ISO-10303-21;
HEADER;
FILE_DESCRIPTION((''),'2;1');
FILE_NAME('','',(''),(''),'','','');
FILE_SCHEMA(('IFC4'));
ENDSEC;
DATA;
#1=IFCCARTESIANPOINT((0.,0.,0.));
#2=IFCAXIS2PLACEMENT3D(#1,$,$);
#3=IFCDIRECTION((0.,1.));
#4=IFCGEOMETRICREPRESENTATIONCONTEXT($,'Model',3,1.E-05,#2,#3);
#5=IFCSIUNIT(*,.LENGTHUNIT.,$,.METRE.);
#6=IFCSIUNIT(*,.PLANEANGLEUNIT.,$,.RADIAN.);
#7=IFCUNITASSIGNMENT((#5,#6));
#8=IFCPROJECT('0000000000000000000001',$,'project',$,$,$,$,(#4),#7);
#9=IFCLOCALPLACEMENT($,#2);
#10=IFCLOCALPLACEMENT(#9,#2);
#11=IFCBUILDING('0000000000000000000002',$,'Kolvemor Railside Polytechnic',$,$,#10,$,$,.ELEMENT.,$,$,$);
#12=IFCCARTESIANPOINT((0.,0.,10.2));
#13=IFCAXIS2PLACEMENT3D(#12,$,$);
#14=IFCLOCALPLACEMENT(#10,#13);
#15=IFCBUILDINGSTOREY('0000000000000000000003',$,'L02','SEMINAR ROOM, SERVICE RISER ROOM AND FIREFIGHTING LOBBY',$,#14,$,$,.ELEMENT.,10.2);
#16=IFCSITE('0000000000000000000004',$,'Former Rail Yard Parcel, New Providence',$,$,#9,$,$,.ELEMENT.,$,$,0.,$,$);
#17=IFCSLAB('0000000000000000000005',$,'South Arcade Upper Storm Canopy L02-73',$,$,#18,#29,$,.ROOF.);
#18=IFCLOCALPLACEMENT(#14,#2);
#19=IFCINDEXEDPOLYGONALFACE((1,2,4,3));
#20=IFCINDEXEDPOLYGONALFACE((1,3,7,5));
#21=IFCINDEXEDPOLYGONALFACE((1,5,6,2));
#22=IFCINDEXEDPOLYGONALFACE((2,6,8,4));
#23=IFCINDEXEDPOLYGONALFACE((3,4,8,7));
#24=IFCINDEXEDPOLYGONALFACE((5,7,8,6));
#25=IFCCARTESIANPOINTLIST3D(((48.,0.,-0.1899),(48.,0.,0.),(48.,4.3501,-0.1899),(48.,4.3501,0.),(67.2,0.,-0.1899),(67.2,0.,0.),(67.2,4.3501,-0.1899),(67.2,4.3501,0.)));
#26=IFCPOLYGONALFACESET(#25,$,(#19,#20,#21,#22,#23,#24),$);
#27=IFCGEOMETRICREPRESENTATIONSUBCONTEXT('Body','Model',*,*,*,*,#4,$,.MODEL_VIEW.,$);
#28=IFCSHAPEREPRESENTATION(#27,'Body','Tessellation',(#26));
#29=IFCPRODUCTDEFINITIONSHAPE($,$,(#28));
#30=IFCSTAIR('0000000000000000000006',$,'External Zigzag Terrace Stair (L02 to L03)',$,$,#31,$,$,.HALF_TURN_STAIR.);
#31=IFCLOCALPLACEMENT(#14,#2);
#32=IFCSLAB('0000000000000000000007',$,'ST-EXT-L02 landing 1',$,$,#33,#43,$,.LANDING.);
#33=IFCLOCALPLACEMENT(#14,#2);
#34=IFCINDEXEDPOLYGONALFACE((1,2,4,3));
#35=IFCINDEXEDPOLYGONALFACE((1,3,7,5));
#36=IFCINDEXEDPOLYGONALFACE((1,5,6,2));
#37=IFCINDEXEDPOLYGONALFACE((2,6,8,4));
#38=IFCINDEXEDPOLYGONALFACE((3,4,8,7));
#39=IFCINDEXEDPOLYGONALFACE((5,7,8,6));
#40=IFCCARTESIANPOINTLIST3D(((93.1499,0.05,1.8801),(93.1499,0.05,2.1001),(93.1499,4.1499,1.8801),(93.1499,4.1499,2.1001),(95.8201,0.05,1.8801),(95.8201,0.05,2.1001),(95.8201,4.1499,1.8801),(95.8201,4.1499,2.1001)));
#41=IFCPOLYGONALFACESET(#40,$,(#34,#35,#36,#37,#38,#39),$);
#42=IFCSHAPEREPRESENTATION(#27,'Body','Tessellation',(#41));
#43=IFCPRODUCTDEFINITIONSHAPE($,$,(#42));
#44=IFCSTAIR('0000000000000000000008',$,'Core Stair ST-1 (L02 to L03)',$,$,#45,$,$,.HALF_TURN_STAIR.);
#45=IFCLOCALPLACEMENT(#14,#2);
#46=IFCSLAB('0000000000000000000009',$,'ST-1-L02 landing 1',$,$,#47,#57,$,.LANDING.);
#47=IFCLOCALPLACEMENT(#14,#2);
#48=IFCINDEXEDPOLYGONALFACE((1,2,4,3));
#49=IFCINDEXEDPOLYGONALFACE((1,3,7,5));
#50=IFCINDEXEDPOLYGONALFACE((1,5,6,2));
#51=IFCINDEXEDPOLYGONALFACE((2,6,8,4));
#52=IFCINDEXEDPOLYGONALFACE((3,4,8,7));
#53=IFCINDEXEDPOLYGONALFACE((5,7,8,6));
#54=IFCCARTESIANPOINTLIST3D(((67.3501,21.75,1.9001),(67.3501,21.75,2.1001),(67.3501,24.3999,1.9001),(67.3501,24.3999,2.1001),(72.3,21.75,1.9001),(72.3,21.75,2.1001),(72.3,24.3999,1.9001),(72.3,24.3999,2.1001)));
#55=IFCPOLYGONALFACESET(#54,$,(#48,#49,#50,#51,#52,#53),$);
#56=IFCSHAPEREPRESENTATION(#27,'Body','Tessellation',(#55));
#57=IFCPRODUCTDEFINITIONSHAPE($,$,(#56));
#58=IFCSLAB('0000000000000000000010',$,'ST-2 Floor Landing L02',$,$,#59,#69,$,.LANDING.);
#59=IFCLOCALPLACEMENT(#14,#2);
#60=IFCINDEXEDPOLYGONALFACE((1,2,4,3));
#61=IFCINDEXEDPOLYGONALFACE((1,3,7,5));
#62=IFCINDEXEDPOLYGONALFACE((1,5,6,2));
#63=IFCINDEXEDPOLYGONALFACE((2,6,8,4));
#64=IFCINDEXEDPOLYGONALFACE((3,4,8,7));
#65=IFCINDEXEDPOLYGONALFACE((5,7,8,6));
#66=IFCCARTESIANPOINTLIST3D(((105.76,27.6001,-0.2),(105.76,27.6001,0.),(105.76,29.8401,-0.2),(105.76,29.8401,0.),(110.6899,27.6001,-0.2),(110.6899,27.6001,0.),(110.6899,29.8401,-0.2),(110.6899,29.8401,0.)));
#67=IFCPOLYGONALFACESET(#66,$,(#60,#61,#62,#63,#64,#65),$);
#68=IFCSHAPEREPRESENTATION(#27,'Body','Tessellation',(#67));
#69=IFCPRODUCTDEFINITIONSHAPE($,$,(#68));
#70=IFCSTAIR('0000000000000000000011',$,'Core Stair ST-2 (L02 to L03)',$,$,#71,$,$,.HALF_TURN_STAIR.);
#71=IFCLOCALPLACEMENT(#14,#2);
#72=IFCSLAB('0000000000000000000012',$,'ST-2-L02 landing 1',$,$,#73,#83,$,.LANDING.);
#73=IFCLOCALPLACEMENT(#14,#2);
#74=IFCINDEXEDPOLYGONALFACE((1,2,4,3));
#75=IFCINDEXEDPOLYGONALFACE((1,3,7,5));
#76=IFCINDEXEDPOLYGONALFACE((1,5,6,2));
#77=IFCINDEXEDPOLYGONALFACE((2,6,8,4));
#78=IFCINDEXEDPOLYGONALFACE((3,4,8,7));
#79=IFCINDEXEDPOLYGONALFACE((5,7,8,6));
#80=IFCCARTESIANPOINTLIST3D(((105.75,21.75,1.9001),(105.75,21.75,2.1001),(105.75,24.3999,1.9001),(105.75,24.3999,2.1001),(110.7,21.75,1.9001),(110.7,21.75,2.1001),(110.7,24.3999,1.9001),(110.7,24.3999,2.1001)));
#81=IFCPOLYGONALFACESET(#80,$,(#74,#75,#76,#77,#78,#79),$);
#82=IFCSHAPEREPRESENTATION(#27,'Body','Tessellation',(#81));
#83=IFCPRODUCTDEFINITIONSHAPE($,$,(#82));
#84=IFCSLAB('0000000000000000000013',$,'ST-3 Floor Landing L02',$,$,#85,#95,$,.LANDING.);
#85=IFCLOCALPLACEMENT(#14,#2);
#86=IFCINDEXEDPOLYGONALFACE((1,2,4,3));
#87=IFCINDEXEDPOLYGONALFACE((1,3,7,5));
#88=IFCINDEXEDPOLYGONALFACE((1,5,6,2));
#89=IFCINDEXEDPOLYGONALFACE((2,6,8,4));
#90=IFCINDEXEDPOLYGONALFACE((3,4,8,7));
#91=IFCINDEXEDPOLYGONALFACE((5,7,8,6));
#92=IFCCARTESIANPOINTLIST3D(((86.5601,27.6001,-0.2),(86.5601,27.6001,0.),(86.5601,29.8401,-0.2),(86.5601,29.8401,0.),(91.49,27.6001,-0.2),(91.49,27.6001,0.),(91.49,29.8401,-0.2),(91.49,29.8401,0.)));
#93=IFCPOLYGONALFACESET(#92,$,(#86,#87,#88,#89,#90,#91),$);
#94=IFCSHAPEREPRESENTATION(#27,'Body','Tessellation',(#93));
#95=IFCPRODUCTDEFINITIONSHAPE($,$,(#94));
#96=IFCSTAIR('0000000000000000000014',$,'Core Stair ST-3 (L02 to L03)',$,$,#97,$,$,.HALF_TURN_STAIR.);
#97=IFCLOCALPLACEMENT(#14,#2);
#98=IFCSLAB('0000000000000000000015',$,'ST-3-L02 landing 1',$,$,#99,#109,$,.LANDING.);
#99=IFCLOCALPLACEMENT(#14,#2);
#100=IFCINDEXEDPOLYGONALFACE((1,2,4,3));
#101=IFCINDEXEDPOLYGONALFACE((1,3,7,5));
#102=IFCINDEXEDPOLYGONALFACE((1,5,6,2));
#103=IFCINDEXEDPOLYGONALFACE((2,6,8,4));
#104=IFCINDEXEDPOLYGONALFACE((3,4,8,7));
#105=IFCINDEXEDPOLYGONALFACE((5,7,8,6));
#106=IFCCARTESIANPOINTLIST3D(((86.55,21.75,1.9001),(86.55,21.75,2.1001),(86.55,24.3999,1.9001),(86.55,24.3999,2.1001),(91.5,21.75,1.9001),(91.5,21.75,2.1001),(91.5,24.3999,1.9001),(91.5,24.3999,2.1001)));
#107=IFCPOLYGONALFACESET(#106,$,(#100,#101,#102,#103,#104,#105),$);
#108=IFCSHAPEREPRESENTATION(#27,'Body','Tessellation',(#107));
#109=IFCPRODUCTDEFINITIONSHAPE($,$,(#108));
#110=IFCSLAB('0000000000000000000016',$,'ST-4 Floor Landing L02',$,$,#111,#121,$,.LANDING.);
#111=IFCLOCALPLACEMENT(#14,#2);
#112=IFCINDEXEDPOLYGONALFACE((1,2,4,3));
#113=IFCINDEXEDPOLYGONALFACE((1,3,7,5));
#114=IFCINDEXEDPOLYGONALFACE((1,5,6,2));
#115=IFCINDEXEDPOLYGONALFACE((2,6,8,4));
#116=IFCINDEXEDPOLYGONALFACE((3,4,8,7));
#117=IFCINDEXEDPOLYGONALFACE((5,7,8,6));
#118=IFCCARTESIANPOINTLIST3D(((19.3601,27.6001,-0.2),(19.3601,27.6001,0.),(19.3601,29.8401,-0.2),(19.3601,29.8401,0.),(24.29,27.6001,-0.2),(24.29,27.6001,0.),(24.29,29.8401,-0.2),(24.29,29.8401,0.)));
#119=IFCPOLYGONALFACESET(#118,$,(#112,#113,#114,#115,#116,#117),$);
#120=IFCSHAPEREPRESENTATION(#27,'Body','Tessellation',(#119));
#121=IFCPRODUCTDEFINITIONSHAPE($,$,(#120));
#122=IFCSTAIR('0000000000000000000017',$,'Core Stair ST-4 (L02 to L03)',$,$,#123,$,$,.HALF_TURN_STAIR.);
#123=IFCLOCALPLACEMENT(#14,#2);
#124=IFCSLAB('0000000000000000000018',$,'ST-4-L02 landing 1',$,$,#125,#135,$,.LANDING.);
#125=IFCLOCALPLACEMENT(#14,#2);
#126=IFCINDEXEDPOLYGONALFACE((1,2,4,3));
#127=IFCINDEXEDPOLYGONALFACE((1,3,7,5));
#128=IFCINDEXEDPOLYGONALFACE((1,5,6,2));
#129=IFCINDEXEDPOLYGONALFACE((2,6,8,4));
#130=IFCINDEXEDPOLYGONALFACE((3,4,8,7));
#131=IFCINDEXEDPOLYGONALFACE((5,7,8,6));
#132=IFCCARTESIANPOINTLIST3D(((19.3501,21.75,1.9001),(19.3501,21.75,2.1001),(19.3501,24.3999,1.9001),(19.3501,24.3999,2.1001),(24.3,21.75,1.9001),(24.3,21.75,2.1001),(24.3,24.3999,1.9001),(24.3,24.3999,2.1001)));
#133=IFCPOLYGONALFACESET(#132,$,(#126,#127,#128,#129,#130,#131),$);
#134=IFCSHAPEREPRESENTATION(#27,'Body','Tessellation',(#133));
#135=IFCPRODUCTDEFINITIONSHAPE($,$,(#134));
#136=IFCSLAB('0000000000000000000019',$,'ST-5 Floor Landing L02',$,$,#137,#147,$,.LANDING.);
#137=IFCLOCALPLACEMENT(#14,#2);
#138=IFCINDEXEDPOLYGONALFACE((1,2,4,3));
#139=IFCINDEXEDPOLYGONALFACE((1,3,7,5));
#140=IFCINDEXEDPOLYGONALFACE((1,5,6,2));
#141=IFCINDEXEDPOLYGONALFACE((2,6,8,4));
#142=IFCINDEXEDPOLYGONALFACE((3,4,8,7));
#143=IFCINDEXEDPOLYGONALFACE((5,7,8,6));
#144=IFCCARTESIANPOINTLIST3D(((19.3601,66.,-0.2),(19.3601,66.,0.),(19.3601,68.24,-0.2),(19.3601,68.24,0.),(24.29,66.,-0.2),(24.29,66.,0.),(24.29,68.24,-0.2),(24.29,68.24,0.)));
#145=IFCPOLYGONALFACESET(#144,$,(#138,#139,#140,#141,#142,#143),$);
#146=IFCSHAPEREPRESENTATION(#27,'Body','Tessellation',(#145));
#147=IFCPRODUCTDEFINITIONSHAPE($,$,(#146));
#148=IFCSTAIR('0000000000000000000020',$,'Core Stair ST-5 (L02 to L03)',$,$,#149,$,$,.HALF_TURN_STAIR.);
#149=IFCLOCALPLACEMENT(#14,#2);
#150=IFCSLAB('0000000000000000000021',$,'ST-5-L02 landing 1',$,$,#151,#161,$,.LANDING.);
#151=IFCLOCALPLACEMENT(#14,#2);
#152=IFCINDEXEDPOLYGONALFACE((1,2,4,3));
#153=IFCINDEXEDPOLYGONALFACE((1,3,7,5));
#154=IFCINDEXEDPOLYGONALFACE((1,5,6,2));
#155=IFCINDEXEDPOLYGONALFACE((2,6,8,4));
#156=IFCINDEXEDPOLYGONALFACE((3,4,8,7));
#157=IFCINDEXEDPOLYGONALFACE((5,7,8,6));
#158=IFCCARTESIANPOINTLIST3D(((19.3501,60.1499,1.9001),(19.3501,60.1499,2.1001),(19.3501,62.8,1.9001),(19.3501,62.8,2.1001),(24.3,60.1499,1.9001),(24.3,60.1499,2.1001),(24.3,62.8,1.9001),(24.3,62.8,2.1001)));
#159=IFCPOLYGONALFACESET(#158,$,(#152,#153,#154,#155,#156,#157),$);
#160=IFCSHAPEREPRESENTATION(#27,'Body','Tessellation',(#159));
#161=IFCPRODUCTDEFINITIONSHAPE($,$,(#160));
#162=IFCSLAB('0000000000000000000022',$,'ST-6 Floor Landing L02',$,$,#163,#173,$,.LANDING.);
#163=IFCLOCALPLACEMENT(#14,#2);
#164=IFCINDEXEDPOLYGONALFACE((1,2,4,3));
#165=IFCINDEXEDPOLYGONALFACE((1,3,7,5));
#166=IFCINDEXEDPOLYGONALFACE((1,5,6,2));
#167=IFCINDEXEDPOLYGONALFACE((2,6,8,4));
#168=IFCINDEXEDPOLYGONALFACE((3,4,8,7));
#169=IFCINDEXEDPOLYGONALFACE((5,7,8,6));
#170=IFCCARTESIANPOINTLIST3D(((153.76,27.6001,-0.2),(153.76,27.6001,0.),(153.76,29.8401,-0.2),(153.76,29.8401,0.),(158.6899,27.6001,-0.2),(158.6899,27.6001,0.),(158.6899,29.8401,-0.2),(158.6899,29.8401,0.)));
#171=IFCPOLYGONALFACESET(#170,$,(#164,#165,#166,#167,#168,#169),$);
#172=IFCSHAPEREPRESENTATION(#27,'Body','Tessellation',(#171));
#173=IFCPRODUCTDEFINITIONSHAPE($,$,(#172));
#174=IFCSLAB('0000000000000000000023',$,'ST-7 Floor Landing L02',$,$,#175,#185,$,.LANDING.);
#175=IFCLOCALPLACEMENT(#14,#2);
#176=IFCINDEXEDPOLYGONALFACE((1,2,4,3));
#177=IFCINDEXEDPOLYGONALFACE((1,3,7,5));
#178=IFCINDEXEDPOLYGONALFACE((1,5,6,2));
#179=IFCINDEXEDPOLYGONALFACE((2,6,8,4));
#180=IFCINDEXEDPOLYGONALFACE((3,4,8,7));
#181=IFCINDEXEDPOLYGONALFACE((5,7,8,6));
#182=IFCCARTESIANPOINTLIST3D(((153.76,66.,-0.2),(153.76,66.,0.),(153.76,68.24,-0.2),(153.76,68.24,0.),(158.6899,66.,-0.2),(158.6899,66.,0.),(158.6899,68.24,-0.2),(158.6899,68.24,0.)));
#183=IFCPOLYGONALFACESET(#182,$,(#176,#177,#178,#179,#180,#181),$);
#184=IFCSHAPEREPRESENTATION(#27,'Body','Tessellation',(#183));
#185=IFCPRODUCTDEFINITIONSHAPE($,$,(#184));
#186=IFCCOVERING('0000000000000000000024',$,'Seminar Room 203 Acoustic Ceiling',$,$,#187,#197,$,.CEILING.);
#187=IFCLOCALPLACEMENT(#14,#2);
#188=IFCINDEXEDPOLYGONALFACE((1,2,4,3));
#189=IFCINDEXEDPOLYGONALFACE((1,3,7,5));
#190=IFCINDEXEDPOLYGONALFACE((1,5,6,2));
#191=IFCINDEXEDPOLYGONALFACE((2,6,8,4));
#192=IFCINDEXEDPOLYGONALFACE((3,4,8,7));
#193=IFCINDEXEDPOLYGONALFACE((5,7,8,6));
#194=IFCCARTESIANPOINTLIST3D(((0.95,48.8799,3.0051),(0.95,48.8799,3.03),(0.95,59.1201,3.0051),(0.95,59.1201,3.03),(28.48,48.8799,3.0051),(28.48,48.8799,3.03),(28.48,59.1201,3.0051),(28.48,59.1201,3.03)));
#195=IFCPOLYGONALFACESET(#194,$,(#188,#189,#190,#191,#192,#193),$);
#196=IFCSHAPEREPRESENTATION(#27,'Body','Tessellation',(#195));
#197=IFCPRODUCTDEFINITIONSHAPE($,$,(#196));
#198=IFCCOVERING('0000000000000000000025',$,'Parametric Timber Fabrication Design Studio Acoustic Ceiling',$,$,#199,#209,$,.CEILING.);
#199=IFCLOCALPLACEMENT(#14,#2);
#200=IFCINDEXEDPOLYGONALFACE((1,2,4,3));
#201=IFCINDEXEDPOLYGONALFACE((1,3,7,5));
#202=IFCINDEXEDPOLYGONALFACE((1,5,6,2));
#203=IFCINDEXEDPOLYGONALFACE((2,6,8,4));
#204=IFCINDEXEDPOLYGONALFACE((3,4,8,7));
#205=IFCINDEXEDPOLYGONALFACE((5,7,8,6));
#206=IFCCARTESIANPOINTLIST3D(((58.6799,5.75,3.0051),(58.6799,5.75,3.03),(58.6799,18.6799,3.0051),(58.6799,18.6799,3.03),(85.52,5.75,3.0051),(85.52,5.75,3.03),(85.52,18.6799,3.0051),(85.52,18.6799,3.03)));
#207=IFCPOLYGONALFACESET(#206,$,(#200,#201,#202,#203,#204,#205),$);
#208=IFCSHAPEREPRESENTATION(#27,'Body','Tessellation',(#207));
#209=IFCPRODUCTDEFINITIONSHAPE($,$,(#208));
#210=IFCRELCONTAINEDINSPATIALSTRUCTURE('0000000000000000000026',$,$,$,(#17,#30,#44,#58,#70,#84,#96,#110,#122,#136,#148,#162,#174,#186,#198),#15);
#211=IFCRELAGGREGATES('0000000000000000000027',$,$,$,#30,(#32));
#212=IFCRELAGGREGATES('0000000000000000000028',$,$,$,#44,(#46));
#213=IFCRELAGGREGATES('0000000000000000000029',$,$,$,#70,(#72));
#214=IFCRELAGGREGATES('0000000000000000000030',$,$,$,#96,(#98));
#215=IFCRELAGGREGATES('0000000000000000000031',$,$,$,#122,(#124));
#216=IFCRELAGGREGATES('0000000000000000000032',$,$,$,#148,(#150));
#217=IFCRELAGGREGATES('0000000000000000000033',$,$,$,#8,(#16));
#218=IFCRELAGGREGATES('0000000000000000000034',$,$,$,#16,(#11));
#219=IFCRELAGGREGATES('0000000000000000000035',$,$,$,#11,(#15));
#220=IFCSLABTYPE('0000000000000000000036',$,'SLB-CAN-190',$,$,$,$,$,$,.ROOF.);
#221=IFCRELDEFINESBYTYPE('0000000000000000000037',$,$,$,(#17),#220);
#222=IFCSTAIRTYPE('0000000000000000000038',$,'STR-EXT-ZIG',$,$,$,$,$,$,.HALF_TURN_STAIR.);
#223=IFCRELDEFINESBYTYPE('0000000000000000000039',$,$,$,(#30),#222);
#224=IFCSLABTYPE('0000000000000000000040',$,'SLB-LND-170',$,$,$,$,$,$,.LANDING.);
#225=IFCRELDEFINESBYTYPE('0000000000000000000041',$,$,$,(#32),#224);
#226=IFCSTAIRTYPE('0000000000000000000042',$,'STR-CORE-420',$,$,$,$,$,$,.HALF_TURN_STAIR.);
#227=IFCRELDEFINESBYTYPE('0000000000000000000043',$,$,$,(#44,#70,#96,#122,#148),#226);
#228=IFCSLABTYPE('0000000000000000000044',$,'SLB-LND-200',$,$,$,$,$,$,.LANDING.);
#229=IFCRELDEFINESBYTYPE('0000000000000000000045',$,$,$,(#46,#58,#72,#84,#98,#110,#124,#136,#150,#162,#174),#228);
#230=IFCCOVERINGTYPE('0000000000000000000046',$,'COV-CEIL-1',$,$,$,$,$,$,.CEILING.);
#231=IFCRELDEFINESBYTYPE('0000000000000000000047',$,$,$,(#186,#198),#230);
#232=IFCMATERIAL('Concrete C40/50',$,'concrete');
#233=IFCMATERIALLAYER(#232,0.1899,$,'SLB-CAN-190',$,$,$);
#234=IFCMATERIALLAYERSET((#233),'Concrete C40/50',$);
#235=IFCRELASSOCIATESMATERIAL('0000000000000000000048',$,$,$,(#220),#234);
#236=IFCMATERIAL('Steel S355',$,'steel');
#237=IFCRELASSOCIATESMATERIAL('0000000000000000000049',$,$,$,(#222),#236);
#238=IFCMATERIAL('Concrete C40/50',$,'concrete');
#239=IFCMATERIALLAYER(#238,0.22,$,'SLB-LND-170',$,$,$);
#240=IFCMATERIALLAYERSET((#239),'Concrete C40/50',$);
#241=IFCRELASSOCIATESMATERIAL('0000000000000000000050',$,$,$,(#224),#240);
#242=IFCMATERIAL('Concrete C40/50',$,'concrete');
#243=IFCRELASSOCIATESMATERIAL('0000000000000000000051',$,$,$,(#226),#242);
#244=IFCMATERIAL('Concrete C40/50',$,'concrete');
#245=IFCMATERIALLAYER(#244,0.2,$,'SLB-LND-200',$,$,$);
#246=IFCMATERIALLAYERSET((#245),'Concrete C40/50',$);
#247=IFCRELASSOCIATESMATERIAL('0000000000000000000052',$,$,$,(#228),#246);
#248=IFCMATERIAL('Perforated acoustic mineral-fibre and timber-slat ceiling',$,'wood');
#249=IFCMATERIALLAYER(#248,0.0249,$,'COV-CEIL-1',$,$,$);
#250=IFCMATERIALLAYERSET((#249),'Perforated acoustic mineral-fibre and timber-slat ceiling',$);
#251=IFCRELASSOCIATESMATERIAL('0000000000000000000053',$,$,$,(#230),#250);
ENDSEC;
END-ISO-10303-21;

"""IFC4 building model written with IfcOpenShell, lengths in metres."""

from ifc_helpers import new_model, si_unit, direction, frame, origin, place, context, subcontext, project, spatial, polyline, outline, extrude, material, layer, layer_set, type_object, element, aggregate, save


model = new_model("IFC4")

# Units and contexts
model_context = context("Model", 3, precision=1e-05, world=origin(), true_north=direction((0.0, 1.0)))
body_context = subcontext(model_context, "Body", "Model", "MODEL_VIEW")
ifc_project = project(units=[si_unit("LENGTHUNIT", "METRE"), si_unit("PLANEANGLEUNIT", "RADIAN")], contexts=[model_context])

# Site, building, storey
site_placement = place(None, origin())
site = spatial("IfcSite", under=ifc_project, at=site_placement, Name="Former Rail Yard Parcel, New Providence", CompositionType="ELEMENT", RefElevation=0.0)
building_placement = place(site_placement, origin())
building = spatial("IfcBuilding", under=site, at=building_placement, Name="Kolvemor Railside Polytechnic", CompositionType="ELEMENT")
storey_placement = place(building_placement, frame((0.0, 0.0, 10.2)))
storey = spatial("IfcBuildingStorey", under=building, at=storey_placement, Name="L02", Description="SEMINAR ROOM, SERVICE RISER ROOM AND FIREFIGHTING LOBBY", CompositionType="ELEMENT", Elevation=10.2)

# Slab
ifc_material_1 = material(Name="Concrete C40/50", Category="concrete")
ifc_layer_1 = layer(ifc_material_1, 0.1899, Name="SLB-CAN-190")
ifc_layer_set_1 = layer_set([ifc_layer_1], Name="Concrete C40/50")
slab_type_1 = type_object("IfcSlabType", Name="SLB-CAN-190", PredefinedType="ROOF", material=ifc_layer_set_1)
slab_1_placement = place(storey_placement, frame((0.0, 0.0, -0.1899)))
element("IfcSlab", 1, at=slab_1_placement, inside=storey, type_object=slab_type_1, Name="South Arcade Upper Storm Canopy L02-73", PredefinedType="ROOF", context=body_context, shape_type="SweptSolid", body=[
    extrude(outline(polyline([(48.0, 0.0), (67.2, 0.0), (67.2, 4.3501), (48.0, 4.3501), (48.0, 0.0)])), origin(), (0.0, 0.0, 1.0), 0.1899),
])

# Stairs, slabs
ifc_material_2 = material(Name="Steel S355", Category="steel")
stair_type_1 = type_object("IfcStairType", Name="STR-EXT-ZIG", PredefinedType="HALF_TURN_STAIR", material=ifc_material_2)
stair_1_placement = place(storey_placement, origin())
stair_1 = element("IfcStair", 2, at=stair_1_placement, inside=storey, type_object=stair_type_1, Name="External Zigzag Terrace Stair (L02 to L03)", PredefinedType="HALF_TURN_STAIR")
ifc_material_3 = material(Name="Concrete C40/50", Category="concrete")
ifc_layer_2 = layer(ifc_material_3, 0.22, Name="SLB-LND-170")
ifc_layer_set_2 = layer_set([ifc_layer_2], Name="Concrete C40/50")
slab_type_2 = type_object("IfcSlabType", Name="SLB-LND-170", PredefinedType="LANDING", material=ifc_layer_set_2)
slab_2_placement = place(storey_placement, frame((0.0, 0.0, 1.8801)))
slab_2 = element("IfcSlab", 3, at=slab_2_placement, type_object=slab_type_2, Name="ST-EXT-L02 landing 1", PredefinedType="LANDING", context=body_context, shape_type="SweptSolid", body=[
    extrude(outline(polyline([(93.1499, 0.05), (95.8201, 0.05), (95.8201, 4.1499), (93.1499, 4.1499), (93.1499, 0.05)])), origin(), (0.0, 0.0, 1.0), 0.22),
])
aggregate(stair_1, [slab_2])
ifc_material_4 = material(Name="Concrete C40/50", Category="concrete")
stair_type_2 = type_object("IfcStairType", Name="STR-CORE-420", PredefinedType="HALF_TURN_STAIR", material=ifc_material_4)
stair_2_placement = place(storey_placement, origin())
stair_2 = element("IfcStair", 4, at=stair_2_placement, inside=storey, type_object=stair_type_2, Name="Core Stair ST-1 (L02 to L03)", PredefinedType="HALF_TURN_STAIR")
ifc_material_5 = material(Name="Concrete C40/50", Category="concrete")
ifc_layer_3 = layer(ifc_material_5, 0.2, Name="SLB-LND-200")
ifc_layer_set_3 = layer_set([ifc_layer_3], Name="Concrete C40/50")
slab_type_3 = type_object("IfcSlabType", Name="SLB-LND-200", PredefinedType="LANDING", material=ifc_layer_set_3)
slab_3_placement = place(storey_placement, frame((0.0, 0.0, 1.9001)))
slab_3 = element("IfcSlab", 5, at=slab_3_placement, type_object=slab_type_3, Name="ST-1-L02 landing 1", PredefinedType="LANDING", context=body_context, shape_type="SweptSolid", body=[
    extrude(outline(polyline([(67.3501, 21.75), (72.3, 21.75), (72.3, 24.3999), (67.3501, 24.3999), (67.3501, 21.75)])), origin(), (0.0, 0.0, 1.0), 0.2),
])
aggregate(stair_2, [slab_3])

# Slab
slab_4_placement = place(storey_placement, frame((0.0, 0.0, -0.2)))
element("IfcSlab", 6, at=slab_4_placement, inside=storey, type_object=slab_type_3, Name="ST-2 Floor Landing L02", PredefinedType="LANDING", context=body_context, shape_type="SweptSolid", body=[
    extrude(outline(polyline([(105.76, 27.6001), (110.6899, 27.6001), (110.6899, 29.8401), (105.76, 29.8401), (105.76, 27.6001)])), origin(), (0.0, 0.0, 1.0), 0.2),
])

# Stair, slab
stair_3_placement = place(storey_placement, origin())
stair_3 = element("IfcStair", 7, at=stair_3_placement, inside=storey, type_object=stair_type_2, Name="Core Stair ST-2 (L02 to L03)", PredefinedType="HALF_TURN_STAIR")
slab_5_placement = place(storey_placement, frame((0.0, 0.0, 1.9001)))
slab_5 = element("IfcSlab", 8, at=slab_5_placement, type_object=slab_type_3, Name="ST-2-L02 landing 1", PredefinedType="LANDING", context=body_context, shape_type="SweptSolid", body=[
    extrude(outline(polyline([(105.75, 21.75), (110.7, 21.75), (110.7, 24.3999), (105.75, 24.3999), (105.75, 21.75)])), origin(), (0.0, 0.0, 1.0), 0.2),
])
aggregate(stair_3, [slab_5])

# Slab
slab_6_placement = place(storey_placement, frame((0.0, 0.0, -0.2)))
element("IfcSlab", 9, at=slab_6_placement, inside=storey, type_object=slab_type_3, Name="ST-3 Floor Landing L02", PredefinedType="LANDING", context=body_context, shape_type="SweptSolid", body=[
    extrude(outline(polyline([(86.5601, 27.6001), (91.49, 27.6001), (91.49, 29.8401), (86.5601, 29.8401), (86.5601, 27.6001)])), origin(), (0.0, 0.0, 1.0), 0.2),
])

# Stair, slab
stair_4_placement = place(storey_placement, origin())
stair_4 = element("IfcStair", 10, at=stair_4_placement, inside=storey, type_object=stair_type_2, Name="Core Stair ST-3 (L02 to L03)", PredefinedType="HALF_TURN_STAIR")
slab_7_placement = place(storey_placement, frame((0.0, 0.0, 1.9001)))
slab_7 = element("IfcSlab", 11, at=slab_7_placement, type_object=slab_type_3, Name="ST-3-L02 landing 1", PredefinedType="LANDING", context=body_context, shape_type="SweptSolid", body=[
    extrude(outline(polyline([(86.55, 21.75), (91.5, 21.75), (91.5, 24.3999), (86.55, 24.3999), (86.55, 21.75)])), origin(), (0.0, 0.0, 1.0), 0.2),
])
aggregate(stair_4, [slab_7])

# Slab
slab_8_placement = place(storey_placement, frame((0.0, 0.0, -0.2)))
element("IfcSlab", 12, at=slab_8_placement, inside=storey, type_object=slab_type_3, Name="ST-4 Floor Landing L02", PredefinedType="LANDING", context=body_context, shape_type="SweptSolid", body=[
    extrude(outline(polyline([(19.3601, 27.6001), (24.29, 27.6001), (24.29, 29.8401), (19.3601, 29.8401), (19.3601, 27.6001)])), origin(), (0.0, 0.0, 1.0), 0.2),
])

# Stair, slab
stair_5_placement = place(storey_placement, origin())
stair_5 = element("IfcStair", 13, at=stair_5_placement, inside=storey, type_object=stair_type_2, Name="Core Stair ST-4 (L02 to L03)", PredefinedType="HALF_TURN_STAIR")
slab_9_placement = place(storey_placement, frame((0.0, 0.0, 1.9001)))
slab_9 = element("IfcSlab", 14, at=slab_9_placement, type_object=slab_type_3, Name="ST-4-L02 landing 1", PredefinedType="LANDING", context=body_context, shape_type="SweptSolid", body=[
    extrude(outline(polyline([(19.3501, 21.75), (24.3, 21.75), (24.3, 24.3999), (19.3501, 24.3999), (19.3501, 21.75)])), origin(), (0.0, 0.0, 1.0), 0.2),
])
aggregate(stair_5, [slab_9])

# Slab
slab_10_placement = place(storey_placement, frame((0.0, 0.0, -0.2)))
element("IfcSlab", 15, at=slab_10_placement, inside=storey, type_object=slab_type_3, Name="ST-5 Floor Landing L02", PredefinedType="LANDING", context=body_context, shape_type="SweptSolid", body=[
    extrude(outline(polyline([(19.3601, 66.0), (24.29, 66.0), (24.29, 68.24), (19.3601, 68.24), (19.3601, 66.0)])), origin(), (0.0, 0.0, 1.0), 0.2),
])

# Stair, slab
stair_6_placement = place(storey_placement, origin())
stair_6 = element("IfcStair", 16, at=stair_6_placement, inside=storey, type_object=stair_type_2, Name="Core Stair ST-5 (L02 to L03)", PredefinedType="HALF_TURN_STAIR")
slab_11_placement = place(storey_placement, frame((0.0, 0.0, 1.9001)))
slab_11 = element("IfcSlab", 17, at=slab_11_placement, type_object=slab_type_3, Name="ST-5-L02 landing 1", PredefinedType="LANDING", context=body_context, shape_type="SweptSolid", body=[
    extrude(outline(polyline([(19.3501, 60.1499), (24.3, 60.1499), (24.3, 62.8), (19.3501, 62.8), (19.3501, 60.1499)])), origin(), (0.0, 0.0, 1.0), 0.2),
])
aggregate(stair_6, [slab_11])

# Slabs
slab_12_placement = place(storey_placement, frame((0.0, 0.0, -0.2)))
element("IfcSlab", 18, at=slab_12_placement, inside=storey, type_object=slab_type_3, Name="ST-6 Floor Landing L02", PredefinedType="LANDING", context=body_context, shape_type="SweptSolid", body=[
    extrude(outline(polyline([(153.76, 27.6001), (158.6899, 27.6001), (158.6899, 29.8401), (153.76, 29.8401), (153.76, 27.6001)])), origin(), (0.0, 0.0, 1.0), 0.2),
])
slab_13_placement = place(storey_placement, frame((0.0, 0.0, -0.2)))
element("IfcSlab", 19, at=slab_13_placement, inside=storey, type_object=slab_type_3, Name="ST-7 Floor Landing L02", PredefinedType="LANDING", context=body_context, shape_type="SweptSolid", body=[
    extrude(outline(polyline([(153.76, 66.0), (158.6899, 66.0), (158.6899, 68.24), (153.76, 68.24), (153.76, 66.0)])), origin(), (0.0, 0.0, 1.0), 0.2),
])

# Coverings
ifc_material_6 = material(Name="Perforated acoustic mineral-fibre and timber-slat ceiling", Category="wood")
ifc_layer_4 = layer(ifc_material_6, 0.0249, Name="COV-CEIL-1")
ifc_layer_set_4 = layer_set([ifc_layer_4], Name="Perforated acoustic mineral-fibre and timber-slat ceiling")
covering_type_1 = type_object("IfcCoveringType", Name="COV-CEIL-1", PredefinedType="CEILING", material=ifc_layer_set_4)
covering_1_placement = place(storey_placement, frame((0.0, 0.0, 3.0051)))
element("IfcCovering", 20, at=covering_1_placement, inside=storey, type_object=covering_type_1, Name="Seminar Room 203 Acoustic Ceiling", PredefinedType="CEILING", context=body_context, shape_type="SweptSolid", body=[
    extrude(outline(polyline([(0.95, 48.8799), (28.48, 48.8799), (28.48, 59.1201), (0.95, 59.1201), (0.95, 48.8799)])), origin(), (0.0, 0.0, 1.0), 0.0249),
])
covering_2_placement = place(storey_placement, frame((0.0, 0.0, 3.0051)))
element("IfcCovering", 21, at=covering_2_placement, inside=storey, type_object=covering_type_1, Name="Parametric Timber Fabrication Design Studio Acoustic Ceiling", PredefinedType="CEILING", context=body_context, shape_type="SweptSolid", body=[
    extrude(outline(polyline([(58.6799, 5.75), (85.52, 5.75), (85.52, 18.6799), (58.6799, 18.6799), (58.6799, 5.75)])), origin(), (0.0, 0.0, 1.0), 0.0249),
])

save(model, "model.ifc")
